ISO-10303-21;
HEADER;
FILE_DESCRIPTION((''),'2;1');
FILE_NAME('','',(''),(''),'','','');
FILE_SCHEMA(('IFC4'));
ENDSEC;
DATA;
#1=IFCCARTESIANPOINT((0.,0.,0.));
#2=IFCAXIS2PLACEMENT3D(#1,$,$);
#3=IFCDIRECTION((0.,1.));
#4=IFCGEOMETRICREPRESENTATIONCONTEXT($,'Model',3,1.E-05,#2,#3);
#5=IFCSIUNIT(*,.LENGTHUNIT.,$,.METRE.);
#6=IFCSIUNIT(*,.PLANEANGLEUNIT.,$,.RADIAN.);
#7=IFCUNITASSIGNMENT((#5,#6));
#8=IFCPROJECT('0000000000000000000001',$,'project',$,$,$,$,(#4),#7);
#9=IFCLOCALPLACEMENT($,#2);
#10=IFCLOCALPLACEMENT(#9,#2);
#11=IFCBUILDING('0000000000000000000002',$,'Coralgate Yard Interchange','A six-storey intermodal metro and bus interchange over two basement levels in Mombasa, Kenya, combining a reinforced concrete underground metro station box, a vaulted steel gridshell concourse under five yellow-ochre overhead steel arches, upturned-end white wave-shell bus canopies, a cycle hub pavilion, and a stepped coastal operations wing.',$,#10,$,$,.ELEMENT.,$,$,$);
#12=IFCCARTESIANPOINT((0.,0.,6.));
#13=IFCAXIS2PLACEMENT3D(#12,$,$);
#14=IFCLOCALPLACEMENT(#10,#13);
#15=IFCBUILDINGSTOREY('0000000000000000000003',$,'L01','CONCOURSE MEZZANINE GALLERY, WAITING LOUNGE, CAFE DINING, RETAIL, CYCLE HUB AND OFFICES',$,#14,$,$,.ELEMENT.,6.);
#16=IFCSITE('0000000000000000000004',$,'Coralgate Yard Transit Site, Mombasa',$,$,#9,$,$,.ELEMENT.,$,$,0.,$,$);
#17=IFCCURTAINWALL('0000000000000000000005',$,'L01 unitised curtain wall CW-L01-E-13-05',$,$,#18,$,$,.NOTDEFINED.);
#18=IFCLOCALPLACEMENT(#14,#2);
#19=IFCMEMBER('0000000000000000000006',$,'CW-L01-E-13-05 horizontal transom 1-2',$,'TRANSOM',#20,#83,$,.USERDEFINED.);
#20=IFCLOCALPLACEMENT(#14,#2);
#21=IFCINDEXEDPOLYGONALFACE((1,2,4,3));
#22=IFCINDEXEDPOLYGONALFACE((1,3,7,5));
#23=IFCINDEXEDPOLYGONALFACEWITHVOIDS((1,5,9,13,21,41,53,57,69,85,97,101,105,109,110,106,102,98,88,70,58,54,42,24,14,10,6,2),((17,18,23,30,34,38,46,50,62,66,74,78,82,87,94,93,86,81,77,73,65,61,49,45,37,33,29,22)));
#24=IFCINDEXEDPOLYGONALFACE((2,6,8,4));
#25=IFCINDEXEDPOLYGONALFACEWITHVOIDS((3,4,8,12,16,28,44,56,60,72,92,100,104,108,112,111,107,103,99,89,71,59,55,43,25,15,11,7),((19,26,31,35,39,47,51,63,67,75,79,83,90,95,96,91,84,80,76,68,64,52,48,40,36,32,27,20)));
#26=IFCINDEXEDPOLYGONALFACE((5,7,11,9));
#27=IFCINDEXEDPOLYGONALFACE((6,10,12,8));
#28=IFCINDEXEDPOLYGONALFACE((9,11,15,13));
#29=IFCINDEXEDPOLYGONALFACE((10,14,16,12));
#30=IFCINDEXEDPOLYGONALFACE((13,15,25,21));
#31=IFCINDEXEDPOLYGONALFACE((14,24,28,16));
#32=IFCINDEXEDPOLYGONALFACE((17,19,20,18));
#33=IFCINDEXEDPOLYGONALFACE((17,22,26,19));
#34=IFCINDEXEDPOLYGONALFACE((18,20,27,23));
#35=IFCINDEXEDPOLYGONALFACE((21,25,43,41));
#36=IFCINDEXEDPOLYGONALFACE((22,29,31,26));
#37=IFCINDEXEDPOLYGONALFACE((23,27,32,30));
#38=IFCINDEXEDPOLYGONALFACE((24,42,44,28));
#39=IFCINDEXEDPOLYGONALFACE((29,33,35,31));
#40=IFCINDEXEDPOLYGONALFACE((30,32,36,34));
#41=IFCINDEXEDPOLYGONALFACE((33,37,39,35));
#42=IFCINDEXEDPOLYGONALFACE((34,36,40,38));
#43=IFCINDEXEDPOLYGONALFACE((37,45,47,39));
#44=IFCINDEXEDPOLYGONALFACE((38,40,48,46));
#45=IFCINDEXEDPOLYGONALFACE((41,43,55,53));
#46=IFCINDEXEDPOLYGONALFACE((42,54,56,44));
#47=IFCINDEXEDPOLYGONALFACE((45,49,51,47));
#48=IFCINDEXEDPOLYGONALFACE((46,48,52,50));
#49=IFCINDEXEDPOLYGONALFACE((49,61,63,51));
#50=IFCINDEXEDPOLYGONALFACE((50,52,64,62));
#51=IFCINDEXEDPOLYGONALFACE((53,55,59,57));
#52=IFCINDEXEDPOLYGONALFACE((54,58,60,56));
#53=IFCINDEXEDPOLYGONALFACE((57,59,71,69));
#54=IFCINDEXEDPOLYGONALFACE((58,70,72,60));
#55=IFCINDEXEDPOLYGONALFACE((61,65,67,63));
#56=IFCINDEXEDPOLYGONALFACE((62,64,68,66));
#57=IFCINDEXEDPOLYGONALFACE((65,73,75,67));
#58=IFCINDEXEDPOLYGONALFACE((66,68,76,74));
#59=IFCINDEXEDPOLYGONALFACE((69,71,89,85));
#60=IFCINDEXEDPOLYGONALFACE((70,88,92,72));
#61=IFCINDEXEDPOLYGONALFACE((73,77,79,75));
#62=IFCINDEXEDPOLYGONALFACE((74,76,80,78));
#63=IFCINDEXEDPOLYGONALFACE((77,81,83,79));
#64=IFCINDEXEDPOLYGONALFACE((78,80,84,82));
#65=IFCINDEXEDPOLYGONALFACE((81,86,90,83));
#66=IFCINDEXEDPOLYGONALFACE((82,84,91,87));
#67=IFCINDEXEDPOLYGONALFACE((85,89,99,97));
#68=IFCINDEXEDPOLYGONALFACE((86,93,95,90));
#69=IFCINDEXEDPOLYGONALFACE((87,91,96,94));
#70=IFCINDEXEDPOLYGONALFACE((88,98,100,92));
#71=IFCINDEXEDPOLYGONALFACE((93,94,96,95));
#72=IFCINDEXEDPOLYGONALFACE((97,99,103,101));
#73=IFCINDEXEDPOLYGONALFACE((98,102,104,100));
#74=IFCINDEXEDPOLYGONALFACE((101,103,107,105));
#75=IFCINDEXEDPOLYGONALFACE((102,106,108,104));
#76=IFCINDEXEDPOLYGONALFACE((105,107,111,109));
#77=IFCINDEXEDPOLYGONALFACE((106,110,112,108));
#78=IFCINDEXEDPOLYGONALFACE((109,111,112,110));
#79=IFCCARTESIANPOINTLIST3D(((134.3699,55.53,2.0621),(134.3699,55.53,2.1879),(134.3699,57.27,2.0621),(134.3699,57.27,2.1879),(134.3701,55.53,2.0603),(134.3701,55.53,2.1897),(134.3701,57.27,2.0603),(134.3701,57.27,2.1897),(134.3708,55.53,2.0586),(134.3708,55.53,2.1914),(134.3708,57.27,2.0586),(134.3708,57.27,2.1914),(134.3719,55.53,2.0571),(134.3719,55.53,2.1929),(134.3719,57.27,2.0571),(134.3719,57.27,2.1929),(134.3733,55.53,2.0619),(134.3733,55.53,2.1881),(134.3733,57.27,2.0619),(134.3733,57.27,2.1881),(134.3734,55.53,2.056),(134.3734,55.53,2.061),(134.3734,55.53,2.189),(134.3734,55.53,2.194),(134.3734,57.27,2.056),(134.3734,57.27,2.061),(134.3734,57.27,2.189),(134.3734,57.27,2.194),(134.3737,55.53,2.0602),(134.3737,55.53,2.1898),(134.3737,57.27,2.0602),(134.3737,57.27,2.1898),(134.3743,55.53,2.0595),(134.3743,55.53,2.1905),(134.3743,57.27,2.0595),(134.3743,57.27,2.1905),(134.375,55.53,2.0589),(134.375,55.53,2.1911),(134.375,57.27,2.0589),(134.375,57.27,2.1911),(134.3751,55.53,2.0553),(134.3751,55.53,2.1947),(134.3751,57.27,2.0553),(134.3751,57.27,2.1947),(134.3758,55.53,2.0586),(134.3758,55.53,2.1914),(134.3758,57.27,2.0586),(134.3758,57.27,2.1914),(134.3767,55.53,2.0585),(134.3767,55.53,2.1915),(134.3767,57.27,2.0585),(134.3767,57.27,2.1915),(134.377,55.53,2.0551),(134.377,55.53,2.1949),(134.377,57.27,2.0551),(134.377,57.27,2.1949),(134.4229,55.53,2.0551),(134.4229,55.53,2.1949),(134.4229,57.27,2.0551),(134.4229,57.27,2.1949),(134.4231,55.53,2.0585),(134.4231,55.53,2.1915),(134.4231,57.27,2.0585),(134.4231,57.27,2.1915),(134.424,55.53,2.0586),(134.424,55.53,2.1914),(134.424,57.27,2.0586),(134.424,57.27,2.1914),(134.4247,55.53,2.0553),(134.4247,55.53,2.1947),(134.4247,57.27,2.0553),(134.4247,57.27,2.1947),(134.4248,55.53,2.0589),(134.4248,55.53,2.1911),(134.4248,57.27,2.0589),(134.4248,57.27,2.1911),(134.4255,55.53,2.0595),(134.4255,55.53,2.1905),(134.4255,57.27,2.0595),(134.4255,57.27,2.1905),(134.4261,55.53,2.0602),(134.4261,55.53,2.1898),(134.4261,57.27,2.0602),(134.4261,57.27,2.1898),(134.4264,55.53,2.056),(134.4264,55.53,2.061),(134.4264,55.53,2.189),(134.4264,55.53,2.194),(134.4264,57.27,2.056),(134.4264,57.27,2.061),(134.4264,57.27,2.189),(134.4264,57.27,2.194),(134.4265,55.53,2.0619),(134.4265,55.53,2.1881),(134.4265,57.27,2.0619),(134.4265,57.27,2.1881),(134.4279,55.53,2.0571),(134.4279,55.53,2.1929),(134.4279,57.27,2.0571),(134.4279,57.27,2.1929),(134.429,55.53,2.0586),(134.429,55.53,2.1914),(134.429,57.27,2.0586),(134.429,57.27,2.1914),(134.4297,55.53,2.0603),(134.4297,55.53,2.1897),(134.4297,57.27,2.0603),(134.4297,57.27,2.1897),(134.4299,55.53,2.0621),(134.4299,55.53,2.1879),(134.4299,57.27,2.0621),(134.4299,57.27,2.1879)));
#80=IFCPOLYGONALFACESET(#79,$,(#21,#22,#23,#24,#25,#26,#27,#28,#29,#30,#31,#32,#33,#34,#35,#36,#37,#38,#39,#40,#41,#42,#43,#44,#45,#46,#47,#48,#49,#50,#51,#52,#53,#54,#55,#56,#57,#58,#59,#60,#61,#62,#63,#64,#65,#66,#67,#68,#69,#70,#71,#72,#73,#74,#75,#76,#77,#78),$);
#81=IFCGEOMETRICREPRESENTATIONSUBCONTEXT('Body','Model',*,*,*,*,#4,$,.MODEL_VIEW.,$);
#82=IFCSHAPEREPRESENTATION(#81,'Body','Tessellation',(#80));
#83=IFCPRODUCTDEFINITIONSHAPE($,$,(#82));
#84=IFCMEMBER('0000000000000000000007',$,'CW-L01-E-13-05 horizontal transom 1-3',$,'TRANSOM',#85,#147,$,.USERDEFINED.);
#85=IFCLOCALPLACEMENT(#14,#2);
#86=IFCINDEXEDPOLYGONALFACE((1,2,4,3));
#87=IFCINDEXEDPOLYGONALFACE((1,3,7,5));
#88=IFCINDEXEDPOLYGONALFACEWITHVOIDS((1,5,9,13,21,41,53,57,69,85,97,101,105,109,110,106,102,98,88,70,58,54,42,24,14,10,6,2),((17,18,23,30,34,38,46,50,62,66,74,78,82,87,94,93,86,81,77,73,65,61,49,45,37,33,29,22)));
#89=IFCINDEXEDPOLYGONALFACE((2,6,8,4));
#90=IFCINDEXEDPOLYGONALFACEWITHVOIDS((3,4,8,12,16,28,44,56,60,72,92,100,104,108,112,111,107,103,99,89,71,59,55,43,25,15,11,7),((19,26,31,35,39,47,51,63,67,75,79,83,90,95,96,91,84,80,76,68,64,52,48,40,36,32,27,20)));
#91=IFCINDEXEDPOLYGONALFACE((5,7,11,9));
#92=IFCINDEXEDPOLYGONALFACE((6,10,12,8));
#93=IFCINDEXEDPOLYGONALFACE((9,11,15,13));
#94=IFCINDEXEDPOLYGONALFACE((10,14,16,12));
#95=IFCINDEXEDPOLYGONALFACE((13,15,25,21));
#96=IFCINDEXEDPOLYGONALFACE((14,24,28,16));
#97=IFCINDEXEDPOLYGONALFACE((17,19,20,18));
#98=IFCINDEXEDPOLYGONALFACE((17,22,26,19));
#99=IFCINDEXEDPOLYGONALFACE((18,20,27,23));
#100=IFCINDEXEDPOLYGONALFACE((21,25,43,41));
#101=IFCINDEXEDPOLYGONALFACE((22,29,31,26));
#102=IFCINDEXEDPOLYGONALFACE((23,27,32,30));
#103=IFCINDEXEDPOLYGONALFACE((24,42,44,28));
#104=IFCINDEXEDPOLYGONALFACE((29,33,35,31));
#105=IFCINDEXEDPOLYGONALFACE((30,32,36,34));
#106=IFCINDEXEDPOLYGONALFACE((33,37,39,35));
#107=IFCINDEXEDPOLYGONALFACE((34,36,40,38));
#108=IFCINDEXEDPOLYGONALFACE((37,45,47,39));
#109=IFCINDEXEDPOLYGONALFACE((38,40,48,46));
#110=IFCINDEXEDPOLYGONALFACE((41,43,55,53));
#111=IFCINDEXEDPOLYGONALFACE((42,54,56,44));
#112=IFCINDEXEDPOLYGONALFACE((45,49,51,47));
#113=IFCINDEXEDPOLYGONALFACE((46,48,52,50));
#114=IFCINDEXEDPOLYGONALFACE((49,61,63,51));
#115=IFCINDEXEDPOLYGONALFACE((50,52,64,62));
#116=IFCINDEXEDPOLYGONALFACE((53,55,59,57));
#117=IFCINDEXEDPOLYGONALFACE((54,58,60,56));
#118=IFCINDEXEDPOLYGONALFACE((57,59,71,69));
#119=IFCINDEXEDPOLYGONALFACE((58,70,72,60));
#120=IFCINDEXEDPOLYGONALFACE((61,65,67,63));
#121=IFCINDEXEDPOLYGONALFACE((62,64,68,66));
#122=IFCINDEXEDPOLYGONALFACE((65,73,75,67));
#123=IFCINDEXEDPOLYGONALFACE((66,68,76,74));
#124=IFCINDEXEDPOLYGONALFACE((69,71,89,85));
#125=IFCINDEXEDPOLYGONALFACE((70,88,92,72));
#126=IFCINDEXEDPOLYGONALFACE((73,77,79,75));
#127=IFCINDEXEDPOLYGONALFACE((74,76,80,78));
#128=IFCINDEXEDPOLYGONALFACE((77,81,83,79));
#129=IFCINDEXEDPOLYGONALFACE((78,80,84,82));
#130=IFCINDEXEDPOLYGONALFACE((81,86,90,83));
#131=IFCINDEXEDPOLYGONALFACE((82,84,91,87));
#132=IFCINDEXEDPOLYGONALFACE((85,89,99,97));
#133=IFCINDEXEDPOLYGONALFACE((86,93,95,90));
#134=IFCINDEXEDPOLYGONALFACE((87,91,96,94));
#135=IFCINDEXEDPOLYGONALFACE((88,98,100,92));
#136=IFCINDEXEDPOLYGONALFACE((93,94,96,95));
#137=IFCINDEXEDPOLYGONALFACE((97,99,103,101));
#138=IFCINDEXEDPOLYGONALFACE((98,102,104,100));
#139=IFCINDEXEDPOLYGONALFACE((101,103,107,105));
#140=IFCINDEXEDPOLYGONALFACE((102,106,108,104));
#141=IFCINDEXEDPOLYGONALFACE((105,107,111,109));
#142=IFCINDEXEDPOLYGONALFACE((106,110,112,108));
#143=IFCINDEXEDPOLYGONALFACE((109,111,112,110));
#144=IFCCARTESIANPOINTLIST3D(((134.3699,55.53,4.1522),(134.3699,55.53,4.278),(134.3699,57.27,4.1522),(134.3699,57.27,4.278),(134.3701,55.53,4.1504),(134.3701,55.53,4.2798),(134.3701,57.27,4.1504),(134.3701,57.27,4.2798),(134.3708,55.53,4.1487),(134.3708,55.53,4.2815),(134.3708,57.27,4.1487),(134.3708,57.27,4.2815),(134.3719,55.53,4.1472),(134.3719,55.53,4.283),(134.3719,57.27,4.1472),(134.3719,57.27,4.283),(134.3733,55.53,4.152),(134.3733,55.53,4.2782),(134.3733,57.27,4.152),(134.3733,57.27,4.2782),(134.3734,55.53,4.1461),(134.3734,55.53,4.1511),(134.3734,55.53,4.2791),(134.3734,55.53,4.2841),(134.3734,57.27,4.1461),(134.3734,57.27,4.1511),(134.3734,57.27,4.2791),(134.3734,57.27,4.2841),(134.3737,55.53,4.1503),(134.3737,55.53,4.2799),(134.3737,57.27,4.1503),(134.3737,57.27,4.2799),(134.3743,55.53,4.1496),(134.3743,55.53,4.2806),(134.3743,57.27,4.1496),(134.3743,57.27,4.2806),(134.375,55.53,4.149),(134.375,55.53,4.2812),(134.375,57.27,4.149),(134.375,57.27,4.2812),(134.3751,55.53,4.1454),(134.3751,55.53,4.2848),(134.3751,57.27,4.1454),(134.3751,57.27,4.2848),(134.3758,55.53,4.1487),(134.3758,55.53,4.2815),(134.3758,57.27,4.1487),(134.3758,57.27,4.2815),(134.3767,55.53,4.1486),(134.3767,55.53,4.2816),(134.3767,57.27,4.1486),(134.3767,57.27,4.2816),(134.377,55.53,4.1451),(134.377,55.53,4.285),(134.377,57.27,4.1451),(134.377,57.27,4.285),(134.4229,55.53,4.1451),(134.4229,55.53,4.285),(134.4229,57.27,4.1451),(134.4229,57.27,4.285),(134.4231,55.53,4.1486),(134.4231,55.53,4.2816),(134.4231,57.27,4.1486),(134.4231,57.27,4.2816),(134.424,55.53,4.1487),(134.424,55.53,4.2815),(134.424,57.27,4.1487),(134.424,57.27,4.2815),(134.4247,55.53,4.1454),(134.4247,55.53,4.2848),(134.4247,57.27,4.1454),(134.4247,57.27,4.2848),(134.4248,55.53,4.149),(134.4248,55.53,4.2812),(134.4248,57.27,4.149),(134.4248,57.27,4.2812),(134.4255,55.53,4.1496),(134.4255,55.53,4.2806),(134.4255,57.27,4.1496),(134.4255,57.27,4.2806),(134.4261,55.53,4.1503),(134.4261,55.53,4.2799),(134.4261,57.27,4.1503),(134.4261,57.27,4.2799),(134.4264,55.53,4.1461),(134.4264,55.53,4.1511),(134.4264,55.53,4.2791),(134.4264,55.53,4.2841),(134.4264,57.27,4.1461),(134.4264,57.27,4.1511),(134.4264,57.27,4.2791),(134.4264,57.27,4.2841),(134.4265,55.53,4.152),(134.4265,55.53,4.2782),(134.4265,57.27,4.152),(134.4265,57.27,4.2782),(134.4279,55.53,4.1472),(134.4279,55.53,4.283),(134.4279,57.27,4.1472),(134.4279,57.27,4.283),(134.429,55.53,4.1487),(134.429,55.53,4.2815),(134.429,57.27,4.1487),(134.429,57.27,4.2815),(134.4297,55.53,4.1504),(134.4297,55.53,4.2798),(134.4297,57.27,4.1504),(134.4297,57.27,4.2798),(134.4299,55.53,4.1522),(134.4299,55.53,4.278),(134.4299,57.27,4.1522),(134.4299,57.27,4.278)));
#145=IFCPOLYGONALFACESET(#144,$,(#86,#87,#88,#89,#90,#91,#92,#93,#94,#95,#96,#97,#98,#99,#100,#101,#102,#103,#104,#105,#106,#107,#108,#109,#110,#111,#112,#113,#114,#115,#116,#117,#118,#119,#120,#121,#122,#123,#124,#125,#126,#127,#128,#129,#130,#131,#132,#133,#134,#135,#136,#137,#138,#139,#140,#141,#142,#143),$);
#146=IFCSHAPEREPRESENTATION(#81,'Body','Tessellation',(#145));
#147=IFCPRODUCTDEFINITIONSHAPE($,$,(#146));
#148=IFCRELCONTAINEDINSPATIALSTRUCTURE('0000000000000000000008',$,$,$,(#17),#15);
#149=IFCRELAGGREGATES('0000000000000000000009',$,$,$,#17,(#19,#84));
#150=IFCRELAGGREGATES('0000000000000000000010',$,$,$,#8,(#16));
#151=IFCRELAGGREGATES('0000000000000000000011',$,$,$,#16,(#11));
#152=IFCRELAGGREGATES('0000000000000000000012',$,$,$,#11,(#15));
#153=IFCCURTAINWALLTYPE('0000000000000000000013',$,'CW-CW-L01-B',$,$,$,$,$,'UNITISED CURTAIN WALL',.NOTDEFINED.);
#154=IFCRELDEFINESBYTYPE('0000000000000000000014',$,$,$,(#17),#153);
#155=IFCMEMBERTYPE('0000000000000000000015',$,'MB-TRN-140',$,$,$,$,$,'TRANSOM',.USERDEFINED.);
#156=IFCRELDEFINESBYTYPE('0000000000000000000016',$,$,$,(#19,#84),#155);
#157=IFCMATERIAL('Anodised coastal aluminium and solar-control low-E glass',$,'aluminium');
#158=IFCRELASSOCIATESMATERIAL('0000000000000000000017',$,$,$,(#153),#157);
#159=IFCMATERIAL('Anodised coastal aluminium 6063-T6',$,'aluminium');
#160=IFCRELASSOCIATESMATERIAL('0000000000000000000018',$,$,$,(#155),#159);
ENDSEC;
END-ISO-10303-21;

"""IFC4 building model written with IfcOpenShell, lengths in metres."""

from ifc_helpers import new_model, si_unit, direction, frame, origin, origin_2d, place, context, subcontext, project, spatial, hollow_rectangle, extrude, material, material_profile, profile_set, type_object, element, aggregate, save


model = new_model("IFC4")

# Units and contexts
model_context = context("Model", 3, precision=1e-05, world=origin(), true_north=direction((0.0, 1.0)))
body_context = subcontext(model_context, "Body", "Model", "MODEL_VIEW")
ifc_project = project(units=[si_unit("LENGTHUNIT", "METRE"), si_unit("PLANEANGLEUNIT", "RADIAN")], contexts=[model_context])

# Site, building, storey
site_placement = place(None, origin())
site = spatial("IfcSite", under=ifc_project, at=site_placement, Name="Coralgate Yard Transit Site, Mombasa", CompositionType="ELEMENT", RefElevation=0.0)
building_placement = place(site_placement, origin())
building = spatial("IfcBuilding", under=site, at=building_placement, Name="Coralgate Yard Interchange", Description="A six-storey intermodal metro and bus interchange over two basement levels in Mombasa, Kenya, combining a reinforced concrete underground metro station box, a vaulted steel gridshell concourse under five yellow-ochre overhead steel arches, upturned-end white wave-shell bus canopies, a cycle hub pavilion, and a stepped coastal operations wing.", CompositionType="ELEMENT")
storey_placement = place(building_placement, frame((0.0, 0.0, 6.0)))
storey = spatial("IfcBuildingStorey", under=building, at=storey_placement, Name="L01", Description="CONCOURSE MEZZANINE GALLERY, WAITING LOUNGE, CAFE DINING, RETAIL, CYCLE HUB AND OFFICES", CompositionType="ELEMENT", Elevation=6.0)

# Curtain wall
ifc_material_1 = material(Name="Anodised coastal aluminium and solar-control low-E glass", Category="aluminium")
curtain_wall_type = type_object("IfcCurtainWallType", Name="CW-CW-L01-B", ElementType="UNITISED CURTAIN WALL", PredefinedType="NOTDEFINED", material=ifc_material_1)
curtain_wall_1_placement = place(storey_placement, origin())
curtain_wall_1 = element("IfcCurtainWall", 1, at=curtain_wall_1_placement, inside=storey, type_object=curtain_wall_type, Name="L01 unitised curtain wall CW-L01-E-13-05", PredefinedType="NOTDEFINED")
ifc_material_2 = material(Name="Anodised coastal aluminium 6063-T6", Category="aluminium")

# Members
ifc_material_profile_1 = material_profile(ifc_material_2, hollow_rectangle(XDim=0.0601, YDim=0.1399, WallThickness=0.0034, InnerFilletRadius=0.0034, OuterFilletRadius=0.0071, at=origin_2d()), Name="ALU 60x140x3.5")
ifc_profile_set_1 = profile_set([ifc_material_profile_1], Name="Anodised coastal aluminium 6063-T6")
member_type_1 = type_object("IfcMemberType", Name="MB-TRN-140", ElementType="TRANSOM", PredefinedType="USERDEFINED", material=ifc_profile_set_1)
member_1_placement = place(storey_placement, frame((134.3999, 57.27, 2.125), z_axis=(0.0, -1.0, 0.0), x_axis=(1.0, 0.0, 0.0)))
member_1 = element("IfcMember", 2, at=member_1_placement, type_object=member_type_1, Name="CW-L01-E-13-05 horizontal transom 1-2", ObjectType="TRANSOM", PredefinedType="USERDEFINED", context=body_context, shape_type="SweptSolid", body=[
    extrude(hollow_rectangle(XDim=0.0601, YDim=0.1399, WallThickness=0.0034, InnerFilletRadius=0.0034, OuterFilletRadius=0.0071, at=origin_2d()), origin(), (0.0, 0.0, 1.0), 1.74),
])
member_2_placement = place(storey_placement, frame((134.3999, 57.27, 4.2151), z_axis=(0.0, -1.0, 0.0), x_axis=(1.0, 0.0, 0.0)))
member_2 = element("IfcMember", 3, at=member_2_placement, type_object=member_type_1, Name="CW-L01-E-13-05 horizontal transom 1-3", ObjectType="TRANSOM", PredefinedType="USERDEFINED", context=body_context, shape_type="SweptSolid", body=[
    extrude(hollow_rectangle(XDim=0.0601, YDim=0.1399, WallThickness=0.0034, InnerFilletRadius=0.0034, OuterFilletRadius=0.0071, at=origin_2d()), origin(), (0.0, 0.0, 1.0), 1.74),
])

aggregate(curtain_wall_1, [member_1, member_2])

save(model, "model.ifc")
